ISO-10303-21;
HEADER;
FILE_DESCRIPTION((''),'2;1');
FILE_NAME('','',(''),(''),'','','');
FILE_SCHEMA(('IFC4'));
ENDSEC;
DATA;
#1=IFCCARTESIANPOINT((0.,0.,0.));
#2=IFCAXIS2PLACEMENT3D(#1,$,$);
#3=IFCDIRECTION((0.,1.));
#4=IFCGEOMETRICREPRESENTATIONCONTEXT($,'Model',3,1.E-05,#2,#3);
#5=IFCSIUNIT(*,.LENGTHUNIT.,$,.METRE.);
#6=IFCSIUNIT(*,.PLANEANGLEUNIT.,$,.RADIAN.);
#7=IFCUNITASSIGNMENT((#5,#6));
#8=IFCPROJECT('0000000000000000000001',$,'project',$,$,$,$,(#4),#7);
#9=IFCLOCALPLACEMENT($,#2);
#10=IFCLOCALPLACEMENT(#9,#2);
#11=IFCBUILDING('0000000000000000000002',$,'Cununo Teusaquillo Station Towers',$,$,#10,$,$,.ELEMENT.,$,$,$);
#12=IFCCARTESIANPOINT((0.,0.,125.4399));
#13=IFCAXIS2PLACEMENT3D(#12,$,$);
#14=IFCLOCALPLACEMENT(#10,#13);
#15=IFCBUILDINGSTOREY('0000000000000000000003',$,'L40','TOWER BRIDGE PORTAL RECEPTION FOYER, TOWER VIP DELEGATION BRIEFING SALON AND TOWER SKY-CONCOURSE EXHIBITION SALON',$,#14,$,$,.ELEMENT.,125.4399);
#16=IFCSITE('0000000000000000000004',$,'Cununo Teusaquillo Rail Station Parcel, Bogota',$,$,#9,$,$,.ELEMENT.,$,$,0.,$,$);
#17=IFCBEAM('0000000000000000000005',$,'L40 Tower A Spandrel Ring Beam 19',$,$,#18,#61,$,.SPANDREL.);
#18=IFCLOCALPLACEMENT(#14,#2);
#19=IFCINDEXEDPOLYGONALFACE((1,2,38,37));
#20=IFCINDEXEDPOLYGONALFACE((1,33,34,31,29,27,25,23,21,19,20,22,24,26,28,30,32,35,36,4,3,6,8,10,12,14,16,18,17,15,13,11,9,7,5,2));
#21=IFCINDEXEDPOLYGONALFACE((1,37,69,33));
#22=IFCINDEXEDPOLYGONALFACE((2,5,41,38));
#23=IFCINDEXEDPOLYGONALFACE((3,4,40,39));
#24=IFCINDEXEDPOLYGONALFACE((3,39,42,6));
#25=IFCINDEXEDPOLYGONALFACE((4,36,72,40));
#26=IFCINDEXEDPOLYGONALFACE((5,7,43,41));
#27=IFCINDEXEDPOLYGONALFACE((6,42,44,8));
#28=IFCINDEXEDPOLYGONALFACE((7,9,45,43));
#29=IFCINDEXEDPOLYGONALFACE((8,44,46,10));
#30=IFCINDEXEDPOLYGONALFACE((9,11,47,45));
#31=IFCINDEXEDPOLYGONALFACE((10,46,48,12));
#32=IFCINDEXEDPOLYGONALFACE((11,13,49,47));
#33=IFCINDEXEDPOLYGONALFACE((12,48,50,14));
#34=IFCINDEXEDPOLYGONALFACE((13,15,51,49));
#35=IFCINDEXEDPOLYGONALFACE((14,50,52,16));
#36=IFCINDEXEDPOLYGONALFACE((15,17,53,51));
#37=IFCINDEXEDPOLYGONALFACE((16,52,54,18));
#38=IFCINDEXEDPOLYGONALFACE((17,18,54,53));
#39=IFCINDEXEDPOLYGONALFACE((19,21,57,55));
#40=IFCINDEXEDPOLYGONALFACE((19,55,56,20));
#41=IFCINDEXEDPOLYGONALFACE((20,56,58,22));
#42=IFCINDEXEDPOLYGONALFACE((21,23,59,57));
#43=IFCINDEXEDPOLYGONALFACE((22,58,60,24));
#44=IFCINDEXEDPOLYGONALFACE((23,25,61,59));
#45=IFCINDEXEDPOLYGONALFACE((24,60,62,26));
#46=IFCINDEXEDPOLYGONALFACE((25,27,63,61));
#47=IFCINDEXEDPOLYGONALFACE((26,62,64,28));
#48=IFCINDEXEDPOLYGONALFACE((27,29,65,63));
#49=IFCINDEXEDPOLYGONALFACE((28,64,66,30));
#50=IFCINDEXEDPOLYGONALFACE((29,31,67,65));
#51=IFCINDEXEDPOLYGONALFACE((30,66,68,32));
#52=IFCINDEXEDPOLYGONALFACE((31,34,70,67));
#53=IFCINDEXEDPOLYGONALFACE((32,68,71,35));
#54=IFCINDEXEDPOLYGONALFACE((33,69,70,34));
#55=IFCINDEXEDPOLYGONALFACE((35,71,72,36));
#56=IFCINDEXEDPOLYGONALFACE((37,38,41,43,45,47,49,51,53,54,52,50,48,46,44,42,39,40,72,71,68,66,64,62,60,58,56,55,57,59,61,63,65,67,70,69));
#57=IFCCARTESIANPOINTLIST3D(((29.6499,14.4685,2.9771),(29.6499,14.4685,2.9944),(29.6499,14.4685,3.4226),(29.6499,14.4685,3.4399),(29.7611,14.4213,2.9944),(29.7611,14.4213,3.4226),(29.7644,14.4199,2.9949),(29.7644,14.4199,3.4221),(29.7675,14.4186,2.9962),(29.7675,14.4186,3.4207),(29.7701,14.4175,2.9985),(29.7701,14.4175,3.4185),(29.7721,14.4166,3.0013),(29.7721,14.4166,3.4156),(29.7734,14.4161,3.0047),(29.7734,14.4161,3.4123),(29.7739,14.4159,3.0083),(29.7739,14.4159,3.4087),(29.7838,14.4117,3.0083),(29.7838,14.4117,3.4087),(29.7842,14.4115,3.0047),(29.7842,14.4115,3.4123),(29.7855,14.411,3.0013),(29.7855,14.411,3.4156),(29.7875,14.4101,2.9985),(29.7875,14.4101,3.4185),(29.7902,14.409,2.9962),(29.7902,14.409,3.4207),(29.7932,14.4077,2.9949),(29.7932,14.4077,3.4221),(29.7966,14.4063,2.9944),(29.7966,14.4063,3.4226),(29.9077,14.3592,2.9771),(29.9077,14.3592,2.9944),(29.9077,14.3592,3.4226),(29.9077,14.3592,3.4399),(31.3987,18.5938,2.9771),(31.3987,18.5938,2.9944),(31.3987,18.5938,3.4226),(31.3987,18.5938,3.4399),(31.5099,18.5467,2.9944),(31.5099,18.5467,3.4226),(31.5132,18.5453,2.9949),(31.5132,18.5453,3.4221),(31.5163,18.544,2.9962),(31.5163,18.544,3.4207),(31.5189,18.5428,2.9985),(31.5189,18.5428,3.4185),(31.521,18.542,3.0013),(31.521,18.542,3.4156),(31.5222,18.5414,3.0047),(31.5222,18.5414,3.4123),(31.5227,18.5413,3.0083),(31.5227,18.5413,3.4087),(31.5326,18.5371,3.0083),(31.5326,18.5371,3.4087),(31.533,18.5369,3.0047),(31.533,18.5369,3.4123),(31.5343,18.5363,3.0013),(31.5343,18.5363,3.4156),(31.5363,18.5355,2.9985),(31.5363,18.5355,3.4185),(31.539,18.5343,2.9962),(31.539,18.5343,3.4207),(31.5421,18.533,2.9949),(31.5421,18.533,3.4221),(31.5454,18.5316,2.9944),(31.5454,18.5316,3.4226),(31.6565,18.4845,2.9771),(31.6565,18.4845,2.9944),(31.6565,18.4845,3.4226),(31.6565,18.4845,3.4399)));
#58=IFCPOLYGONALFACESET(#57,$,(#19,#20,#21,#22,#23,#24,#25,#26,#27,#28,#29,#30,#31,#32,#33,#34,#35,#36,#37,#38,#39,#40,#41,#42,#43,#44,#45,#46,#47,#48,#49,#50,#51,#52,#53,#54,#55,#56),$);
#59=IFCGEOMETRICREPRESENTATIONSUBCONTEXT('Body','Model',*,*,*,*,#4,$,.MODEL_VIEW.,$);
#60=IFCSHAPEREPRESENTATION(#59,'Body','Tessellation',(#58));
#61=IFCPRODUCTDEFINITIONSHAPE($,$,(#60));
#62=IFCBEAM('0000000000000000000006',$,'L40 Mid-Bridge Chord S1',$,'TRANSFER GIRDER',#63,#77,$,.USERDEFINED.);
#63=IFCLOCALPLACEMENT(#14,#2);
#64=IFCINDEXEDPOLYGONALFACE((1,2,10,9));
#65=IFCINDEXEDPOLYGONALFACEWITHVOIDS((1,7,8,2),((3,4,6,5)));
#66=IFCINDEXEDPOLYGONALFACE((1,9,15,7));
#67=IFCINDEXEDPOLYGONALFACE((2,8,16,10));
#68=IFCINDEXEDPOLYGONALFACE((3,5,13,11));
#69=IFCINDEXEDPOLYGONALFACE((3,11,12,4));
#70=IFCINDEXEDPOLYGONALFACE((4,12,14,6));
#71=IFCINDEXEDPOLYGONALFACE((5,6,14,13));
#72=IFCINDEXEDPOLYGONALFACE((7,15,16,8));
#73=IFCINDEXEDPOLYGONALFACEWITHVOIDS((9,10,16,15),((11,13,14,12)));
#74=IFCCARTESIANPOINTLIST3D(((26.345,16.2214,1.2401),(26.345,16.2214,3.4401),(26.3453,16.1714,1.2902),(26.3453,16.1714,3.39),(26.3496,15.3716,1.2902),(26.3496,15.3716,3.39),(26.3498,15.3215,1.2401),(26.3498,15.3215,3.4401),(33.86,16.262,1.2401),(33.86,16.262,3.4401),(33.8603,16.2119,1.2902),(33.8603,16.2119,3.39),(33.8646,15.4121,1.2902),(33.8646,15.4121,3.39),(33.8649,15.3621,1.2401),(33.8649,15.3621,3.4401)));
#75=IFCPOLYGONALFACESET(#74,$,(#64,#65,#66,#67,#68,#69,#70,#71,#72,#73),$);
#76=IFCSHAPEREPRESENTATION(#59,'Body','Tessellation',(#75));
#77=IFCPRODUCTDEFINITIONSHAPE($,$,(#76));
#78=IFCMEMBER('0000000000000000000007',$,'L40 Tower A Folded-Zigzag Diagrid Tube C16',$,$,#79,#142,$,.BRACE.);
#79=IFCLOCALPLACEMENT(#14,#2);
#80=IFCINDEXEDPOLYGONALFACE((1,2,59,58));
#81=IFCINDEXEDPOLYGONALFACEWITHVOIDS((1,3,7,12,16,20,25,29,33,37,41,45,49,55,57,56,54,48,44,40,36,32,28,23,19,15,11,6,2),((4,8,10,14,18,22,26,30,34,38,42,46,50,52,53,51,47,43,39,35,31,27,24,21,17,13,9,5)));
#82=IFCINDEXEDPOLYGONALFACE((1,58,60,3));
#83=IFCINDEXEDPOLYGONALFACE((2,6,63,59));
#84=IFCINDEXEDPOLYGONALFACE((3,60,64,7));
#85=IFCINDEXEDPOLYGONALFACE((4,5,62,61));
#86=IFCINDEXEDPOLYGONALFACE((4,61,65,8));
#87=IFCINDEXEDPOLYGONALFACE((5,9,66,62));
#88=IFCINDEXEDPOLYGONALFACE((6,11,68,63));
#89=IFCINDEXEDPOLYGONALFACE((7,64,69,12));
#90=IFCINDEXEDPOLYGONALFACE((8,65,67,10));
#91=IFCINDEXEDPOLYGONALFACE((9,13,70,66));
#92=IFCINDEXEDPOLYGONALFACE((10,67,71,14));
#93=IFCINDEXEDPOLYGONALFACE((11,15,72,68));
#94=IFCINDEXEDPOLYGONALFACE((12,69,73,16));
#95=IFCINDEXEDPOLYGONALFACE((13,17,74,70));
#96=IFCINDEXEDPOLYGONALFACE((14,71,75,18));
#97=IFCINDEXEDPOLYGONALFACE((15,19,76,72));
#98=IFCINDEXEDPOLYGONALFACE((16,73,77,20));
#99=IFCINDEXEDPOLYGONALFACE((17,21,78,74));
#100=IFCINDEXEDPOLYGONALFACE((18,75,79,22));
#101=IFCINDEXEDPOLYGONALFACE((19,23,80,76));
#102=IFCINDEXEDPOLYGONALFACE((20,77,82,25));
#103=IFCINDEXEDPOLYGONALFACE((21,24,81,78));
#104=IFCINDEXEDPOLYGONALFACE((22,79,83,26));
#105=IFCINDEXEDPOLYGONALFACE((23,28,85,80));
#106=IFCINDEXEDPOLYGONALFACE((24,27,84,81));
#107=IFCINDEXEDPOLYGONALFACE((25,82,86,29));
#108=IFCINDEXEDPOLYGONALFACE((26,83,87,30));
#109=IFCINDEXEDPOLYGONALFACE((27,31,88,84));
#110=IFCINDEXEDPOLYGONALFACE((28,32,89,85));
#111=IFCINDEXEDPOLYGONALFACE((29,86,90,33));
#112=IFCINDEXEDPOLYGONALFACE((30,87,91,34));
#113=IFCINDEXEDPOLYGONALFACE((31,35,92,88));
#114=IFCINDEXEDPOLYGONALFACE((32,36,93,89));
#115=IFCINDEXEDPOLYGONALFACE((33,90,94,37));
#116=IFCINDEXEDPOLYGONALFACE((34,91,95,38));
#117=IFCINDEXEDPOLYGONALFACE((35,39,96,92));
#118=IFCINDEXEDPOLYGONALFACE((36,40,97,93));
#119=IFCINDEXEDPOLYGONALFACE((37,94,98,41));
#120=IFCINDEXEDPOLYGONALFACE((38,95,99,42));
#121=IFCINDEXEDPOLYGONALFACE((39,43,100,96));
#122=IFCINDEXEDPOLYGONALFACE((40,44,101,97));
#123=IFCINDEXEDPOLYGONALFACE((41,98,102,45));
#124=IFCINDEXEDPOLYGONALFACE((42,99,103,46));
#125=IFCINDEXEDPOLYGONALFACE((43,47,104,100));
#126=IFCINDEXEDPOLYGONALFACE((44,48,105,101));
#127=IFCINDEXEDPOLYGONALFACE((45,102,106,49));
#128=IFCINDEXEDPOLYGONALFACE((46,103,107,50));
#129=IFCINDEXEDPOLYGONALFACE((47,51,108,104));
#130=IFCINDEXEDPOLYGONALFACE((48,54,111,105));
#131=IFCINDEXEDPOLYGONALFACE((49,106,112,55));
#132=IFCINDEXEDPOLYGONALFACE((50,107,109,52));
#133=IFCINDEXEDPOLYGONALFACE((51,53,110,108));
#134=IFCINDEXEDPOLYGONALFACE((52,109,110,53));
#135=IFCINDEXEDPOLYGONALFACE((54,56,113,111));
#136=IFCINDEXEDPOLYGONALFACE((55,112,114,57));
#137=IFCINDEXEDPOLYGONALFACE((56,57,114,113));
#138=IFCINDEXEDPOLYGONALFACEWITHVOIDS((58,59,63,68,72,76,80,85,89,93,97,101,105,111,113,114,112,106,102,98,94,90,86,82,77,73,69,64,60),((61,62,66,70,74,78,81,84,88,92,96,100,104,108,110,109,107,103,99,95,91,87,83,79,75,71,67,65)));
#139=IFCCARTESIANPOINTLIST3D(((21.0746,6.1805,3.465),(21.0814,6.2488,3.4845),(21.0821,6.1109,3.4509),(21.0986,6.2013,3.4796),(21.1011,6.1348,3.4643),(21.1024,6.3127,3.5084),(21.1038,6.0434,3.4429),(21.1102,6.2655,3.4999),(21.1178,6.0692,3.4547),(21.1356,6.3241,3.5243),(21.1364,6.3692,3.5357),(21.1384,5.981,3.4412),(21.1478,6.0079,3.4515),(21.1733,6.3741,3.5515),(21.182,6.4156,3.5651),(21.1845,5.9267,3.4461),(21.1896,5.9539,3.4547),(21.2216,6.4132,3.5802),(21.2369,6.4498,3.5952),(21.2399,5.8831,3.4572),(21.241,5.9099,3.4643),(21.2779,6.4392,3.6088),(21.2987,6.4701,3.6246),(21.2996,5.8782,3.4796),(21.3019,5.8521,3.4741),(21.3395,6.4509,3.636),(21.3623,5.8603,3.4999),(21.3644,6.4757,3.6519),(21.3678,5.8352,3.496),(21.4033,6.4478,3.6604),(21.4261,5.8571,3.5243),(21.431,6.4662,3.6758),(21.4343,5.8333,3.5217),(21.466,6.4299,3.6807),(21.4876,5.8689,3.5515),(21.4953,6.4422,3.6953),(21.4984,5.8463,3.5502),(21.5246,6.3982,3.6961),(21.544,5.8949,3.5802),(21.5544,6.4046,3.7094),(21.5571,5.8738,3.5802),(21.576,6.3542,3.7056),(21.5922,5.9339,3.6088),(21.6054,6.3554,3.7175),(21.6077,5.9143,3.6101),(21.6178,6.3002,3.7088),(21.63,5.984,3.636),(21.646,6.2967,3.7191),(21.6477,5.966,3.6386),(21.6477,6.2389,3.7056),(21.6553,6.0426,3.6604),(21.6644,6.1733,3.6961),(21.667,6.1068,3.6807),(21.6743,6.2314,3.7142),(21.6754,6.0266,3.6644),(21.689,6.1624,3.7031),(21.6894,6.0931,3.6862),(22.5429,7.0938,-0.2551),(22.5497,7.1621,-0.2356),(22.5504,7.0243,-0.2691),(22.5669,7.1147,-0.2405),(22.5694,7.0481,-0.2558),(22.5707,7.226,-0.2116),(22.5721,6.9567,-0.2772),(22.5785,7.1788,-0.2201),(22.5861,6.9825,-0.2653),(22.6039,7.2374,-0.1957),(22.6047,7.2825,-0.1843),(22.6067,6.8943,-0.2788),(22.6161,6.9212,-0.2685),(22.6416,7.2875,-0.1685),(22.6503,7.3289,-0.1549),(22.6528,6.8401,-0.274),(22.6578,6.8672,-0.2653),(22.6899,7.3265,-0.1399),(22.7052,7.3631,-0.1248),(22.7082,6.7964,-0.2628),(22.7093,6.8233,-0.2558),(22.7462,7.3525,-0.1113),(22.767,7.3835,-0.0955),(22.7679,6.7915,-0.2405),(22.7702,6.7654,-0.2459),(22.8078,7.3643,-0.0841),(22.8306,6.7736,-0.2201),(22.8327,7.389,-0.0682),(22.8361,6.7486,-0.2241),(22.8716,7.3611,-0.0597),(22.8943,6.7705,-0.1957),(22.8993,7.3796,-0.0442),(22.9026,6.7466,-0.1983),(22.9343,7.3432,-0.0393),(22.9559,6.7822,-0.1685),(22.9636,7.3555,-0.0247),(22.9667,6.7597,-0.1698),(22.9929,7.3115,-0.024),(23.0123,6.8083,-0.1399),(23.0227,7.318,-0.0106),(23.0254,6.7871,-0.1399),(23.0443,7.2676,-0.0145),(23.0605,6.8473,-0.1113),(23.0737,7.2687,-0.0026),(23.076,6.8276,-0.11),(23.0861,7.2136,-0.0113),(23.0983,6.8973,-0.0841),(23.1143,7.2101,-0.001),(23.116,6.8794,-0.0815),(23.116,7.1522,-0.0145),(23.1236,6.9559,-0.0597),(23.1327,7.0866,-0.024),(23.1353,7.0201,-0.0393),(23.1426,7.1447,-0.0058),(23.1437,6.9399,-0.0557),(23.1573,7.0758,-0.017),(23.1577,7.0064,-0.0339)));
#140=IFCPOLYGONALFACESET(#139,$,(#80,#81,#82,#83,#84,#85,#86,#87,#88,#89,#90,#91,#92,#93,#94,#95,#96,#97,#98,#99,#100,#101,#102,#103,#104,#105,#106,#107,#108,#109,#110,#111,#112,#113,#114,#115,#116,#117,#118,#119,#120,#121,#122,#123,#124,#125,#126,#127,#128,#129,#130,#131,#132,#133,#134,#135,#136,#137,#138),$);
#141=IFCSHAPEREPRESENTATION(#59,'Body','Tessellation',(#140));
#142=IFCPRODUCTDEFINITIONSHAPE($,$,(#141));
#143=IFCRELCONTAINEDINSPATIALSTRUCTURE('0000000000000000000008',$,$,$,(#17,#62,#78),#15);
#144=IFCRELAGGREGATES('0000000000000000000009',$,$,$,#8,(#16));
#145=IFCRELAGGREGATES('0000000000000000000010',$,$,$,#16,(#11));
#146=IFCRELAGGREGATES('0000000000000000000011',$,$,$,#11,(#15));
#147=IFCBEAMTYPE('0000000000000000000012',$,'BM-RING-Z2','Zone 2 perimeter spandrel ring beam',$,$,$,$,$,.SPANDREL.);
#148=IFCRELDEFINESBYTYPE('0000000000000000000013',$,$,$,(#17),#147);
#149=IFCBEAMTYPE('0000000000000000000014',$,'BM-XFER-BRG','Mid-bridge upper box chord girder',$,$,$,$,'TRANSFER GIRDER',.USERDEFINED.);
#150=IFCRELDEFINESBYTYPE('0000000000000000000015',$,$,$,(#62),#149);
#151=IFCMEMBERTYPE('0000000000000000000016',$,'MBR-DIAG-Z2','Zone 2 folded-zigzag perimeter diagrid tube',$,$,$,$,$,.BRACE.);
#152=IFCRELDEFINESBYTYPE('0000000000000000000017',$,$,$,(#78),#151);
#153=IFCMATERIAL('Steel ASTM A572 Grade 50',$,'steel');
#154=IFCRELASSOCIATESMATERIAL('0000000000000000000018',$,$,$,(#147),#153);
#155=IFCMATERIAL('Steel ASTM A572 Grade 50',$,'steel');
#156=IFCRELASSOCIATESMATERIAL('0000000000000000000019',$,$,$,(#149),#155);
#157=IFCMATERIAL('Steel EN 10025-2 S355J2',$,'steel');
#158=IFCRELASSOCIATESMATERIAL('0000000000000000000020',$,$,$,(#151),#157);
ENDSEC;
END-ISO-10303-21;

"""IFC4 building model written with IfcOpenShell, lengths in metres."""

from ifc_helpers import new_model, si_unit, direction, frame, origin, origin_2d, place, context, subcontext, project, spatial, hollow_rectangle, hollow_circle, i_section, extrude, material, material_profile, profile_set, type_object, element, save


model = new_model("IFC4")

# Units and contexts
model_context = context("Model", 3, precision=1e-05, world=origin(), true_north=direction((0.0, 1.0)))
body_context = subcontext(model_context, "Body", "Model", "MODEL_VIEW")
ifc_project = project(units=[si_unit("LENGTHUNIT", "METRE"), si_unit("PLANEANGLEUNIT", "RADIAN")], contexts=[model_context])

# Site, building, storey
site_placement = place(None, origin())
site = spatial("IfcSite", under=ifc_project, at=site_placement, Name="Cununo Teusaquillo Rail Station Parcel, Bogota", CompositionType="ELEMENT", RefElevation=0.0)
building_placement = place(site_placement, origin())
building = spatial("IfcBuilding", under=site, at=building_placement, Name="Cununo Teusaquillo Station Towers", CompositionType="ELEMENT")
storey_placement = place(building_placement, frame((0.0, 0.0, 125.4399)))
storey = spatial("IfcBuildingStorey", under=building, at=storey_placement, Name="L40", Description="TOWER BRIDGE PORTAL RECEPTION FOYER, TOWER VIP DELEGATION BRIEFING SALON AND TOWER SKY-CONCOURSE EXHIBITION SALON", CompositionType="ELEMENT", Elevation=125.4399)

# Beams
ifc_material_1 = material(Name="Steel ASTM A572 Grade 50", Category="steel")
ifc_material_profile_1 = material_profile(ifc_material_1, i_section(OverallWidth=0.28, OverallDepth=0.4629, WebThickness=0.0107, FlangeThickness=0.0173, FilletRadius=0.0139, at=origin_2d()), Name="W18X76")
ifc_profile_set_1 = profile_set([ifc_material_profile_1], Name="Steel ASTM A572 Grade 50")
beam_type_1 = type_object("IfcBeamType", Name="BM-RING-Z2", Description="Zone 2 perimeter spandrel ring beam", PredefinedType="SPANDREL", material=ifc_profile_set_1)
beam_1_placement = place(storey_placement, frame((29.7788, 14.4138, 3.2085), z_axis=(0.390299, 0.920688, 0.0), x_axis=(-0.920688, 0.390299, 0.0)))
element("IfcBeam", 1, at=beam_1_placement, inside=storey, type_object=beam_type_1, Name="L40 Tower A Spandrel Ring Beam 19", PredefinedType="SPANDREL", context=body_context, shape_type="SweptSolid", body=[
    extrude(i_section(OverallWidth=0.28, OverallDepth=0.4629, WebThickness=0.0107, FlangeThickness=0.0173, FilletRadius=0.0139, at=origin_2d()), origin(), (0.0, 0.0, 1.0), 4.4807),
])
ifc_material_2 = material(Name="Steel ASTM A572 Grade 50", Category="steel")
ifc_material_profile_2 = material_profile(ifc_material_2, hollow_rectangle(XDim=0.8999, YDim=2.2, WallThickness=0.05, at=origin_2d()), Name="BOX 2200x900x50")
ifc_profile_set_2 = profile_set([ifc_material_profile_2], Name="Steel ASTM A572 Grade 50")
beam_type_2 = type_object("IfcBeamType", Name="BM-XFER-BRG", Description="Mid-bridge upper box chord girder", ElementType="TRANSFER GIRDER", PredefinedType="USERDEFINED", material=ifc_profile_set_2)
beam_2_placement = place(storey_placement, frame((26.3474, 15.7715, 2.3401), z_axis=(0.999985, 0.005393, 0.0), x_axis=(-0.005393, 0.999985, 0.0)))
element("IfcBeam", 2, at=beam_2_placement, inside=storey, type_object=beam_type_2, Name="L40 Mid-Bridge Chord S1", ObjectType="TRANSFER GIRDER", PredefinedType="USERDEFINED", context=body_context, shape_type="SweptSolid", body=[
    extrude(hollow_rectangle(XDim=0.8999, YDim=2.2, WallThickness=0.05, at=origin_2d()), origin(), (0.0, 0.0, 1.0), 7.5151),
])

# Member
ifc_material_3 = material(Name="Steel EN 10025-2 S355J2", Category="steel")
ifc_material_profile_3 = material_profile(ifc_material_3, hollow_circle(Radius=0.3301, WallThickness=0.0249, at=origin_2d()), Name="CHS 660x25")
ifc_profile_set_3 = profile_set([ifc_material_profile_3], Name="Steel EN 10025-2 S355J2")
member_type = type_object("IfcMemberType", Name="MBR-DIAG-Z2", Description="Zone 2 folded-zigzag perimeter diagrid tube", PredefinedType="BRACE", material=ifc_profile_set_3)
member_1_placement = place(storey_placement, frame((22.8511, 7.0674, -0.1399), z_axis=(-0.357919, -0.222643, 0.906821), x_axis=(0.528196, -0.849123, 0.0)))
element("IfcMember", 3, at=member_1_placement, inside=storey, type_object=member_type, Name="L40 Tower A Folded-Zigzag Diagrid Tube C16", PredefinedType="BRACE", context=body_context, shape_type="SweptSolid", body=[
    extrude(hollow_circle(Radius=0.3301, WallThickness=0.0249, at=origin_2d()), origin(), (0.0, 0.0, 1.0), 4.1023),
])

save(model, "model.ifc")
